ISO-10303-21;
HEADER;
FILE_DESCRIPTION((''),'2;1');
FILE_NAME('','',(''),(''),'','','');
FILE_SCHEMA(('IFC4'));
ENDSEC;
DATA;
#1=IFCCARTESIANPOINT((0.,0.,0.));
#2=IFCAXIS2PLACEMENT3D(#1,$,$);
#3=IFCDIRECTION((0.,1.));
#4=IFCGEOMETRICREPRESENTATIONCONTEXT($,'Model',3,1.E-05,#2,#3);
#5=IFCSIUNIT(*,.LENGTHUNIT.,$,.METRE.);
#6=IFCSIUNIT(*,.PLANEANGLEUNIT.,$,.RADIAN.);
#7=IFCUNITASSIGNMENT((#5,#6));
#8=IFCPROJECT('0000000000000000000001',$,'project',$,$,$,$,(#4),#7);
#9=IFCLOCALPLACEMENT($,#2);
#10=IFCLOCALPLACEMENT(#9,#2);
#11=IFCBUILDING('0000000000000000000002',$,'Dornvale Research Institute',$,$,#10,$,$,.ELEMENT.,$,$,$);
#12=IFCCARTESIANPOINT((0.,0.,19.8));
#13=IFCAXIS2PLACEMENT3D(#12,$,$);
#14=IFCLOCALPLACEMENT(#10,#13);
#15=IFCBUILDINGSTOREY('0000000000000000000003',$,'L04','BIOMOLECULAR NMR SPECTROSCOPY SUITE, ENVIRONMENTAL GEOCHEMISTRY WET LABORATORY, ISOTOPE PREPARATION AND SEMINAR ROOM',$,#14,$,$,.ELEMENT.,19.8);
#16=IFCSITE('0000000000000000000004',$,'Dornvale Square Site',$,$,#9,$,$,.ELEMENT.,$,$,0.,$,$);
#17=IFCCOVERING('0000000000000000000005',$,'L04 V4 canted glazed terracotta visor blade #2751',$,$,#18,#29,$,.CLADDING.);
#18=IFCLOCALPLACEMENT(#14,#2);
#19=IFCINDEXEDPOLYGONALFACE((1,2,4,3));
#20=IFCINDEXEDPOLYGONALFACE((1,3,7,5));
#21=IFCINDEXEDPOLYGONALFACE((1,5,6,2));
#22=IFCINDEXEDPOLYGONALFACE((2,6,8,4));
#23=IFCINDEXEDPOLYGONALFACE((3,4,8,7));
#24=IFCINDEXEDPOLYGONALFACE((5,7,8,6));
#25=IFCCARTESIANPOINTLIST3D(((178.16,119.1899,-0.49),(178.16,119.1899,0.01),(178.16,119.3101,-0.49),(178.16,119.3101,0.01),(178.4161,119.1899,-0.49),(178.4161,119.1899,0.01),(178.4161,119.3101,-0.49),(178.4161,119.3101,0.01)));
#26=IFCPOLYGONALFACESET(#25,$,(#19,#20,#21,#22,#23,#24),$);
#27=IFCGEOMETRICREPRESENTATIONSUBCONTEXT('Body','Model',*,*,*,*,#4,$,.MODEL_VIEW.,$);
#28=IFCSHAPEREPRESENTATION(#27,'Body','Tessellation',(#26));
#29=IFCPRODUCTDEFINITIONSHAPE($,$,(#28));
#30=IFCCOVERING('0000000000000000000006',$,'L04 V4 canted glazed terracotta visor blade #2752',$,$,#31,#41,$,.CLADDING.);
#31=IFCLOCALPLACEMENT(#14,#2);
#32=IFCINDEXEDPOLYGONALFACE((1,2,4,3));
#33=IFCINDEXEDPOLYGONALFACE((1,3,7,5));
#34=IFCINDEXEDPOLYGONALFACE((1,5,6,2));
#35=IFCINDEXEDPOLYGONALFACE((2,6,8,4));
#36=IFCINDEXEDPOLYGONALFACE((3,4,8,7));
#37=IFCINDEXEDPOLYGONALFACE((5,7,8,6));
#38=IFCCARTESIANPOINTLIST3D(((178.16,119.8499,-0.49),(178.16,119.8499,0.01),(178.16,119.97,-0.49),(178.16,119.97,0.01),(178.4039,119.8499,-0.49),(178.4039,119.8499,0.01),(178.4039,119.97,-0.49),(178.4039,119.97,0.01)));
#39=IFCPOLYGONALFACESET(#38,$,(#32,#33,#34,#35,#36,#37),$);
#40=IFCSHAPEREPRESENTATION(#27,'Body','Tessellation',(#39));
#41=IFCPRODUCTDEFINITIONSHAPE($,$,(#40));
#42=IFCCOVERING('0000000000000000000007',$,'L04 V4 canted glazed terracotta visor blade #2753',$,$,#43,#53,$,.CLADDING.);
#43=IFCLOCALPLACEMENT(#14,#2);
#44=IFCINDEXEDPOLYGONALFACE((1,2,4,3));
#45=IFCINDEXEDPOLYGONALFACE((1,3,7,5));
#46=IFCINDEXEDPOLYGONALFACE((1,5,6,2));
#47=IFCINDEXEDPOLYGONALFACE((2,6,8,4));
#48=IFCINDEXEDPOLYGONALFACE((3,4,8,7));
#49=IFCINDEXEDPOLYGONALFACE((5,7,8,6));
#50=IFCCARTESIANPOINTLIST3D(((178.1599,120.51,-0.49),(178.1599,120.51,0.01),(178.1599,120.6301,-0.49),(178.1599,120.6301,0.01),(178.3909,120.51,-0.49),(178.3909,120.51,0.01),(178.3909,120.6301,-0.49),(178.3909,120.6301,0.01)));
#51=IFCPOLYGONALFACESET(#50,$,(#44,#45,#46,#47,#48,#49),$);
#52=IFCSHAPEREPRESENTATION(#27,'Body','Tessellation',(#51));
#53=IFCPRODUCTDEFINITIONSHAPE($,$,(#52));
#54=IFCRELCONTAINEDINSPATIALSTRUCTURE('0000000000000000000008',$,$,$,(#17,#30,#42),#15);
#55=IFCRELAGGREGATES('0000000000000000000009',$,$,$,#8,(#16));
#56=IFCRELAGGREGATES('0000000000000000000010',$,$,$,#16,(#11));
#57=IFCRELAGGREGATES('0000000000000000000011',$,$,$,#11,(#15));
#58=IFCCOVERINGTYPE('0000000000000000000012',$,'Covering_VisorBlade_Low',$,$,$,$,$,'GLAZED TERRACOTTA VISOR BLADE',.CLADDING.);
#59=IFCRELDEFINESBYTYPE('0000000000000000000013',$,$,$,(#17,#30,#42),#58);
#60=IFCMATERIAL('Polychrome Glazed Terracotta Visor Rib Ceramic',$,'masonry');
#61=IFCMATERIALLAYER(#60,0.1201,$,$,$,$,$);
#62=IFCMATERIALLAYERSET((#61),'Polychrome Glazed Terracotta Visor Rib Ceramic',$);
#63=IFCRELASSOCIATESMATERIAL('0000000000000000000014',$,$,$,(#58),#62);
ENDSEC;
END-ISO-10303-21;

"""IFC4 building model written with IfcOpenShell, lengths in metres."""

from ifc_helpers import new_model, si_unit, direction, frame, origin, origin_2d, place, context, subcontext, project, spatial, rectangle, extrude, material, layer, layer_set, type_object, element, save


model = new_model("IFC4")

# Units and contexts
model_context = context("Model", 3, precision=1e-05, world=origin(), true_north=direction((0.0, 1.0)))
body_context = subcontext(model_context, "Body", "Model", "MODEL_VIEW")
ifc_project = project(units=[si_unit("LENGTHUNIT", "METRE"), si_unit("PLANEANGLEUNIT", "RADIAN")], contexts=[model_context])

# Site, building, storey
site_placement = place(None, origin())
site = spatial("IfcSite", under=ifc_project, at=site_placement, Name="Dornvale Square Site", CompositionType="ELEMENT", RefElevation=0.0)
building_placement = place(site_placement, origin())
building = spatial("IfcBuilding", under=site, at=building_placement, Name="Dornvale Research Institute", CompositionType="ELEMENT")
storey_placement = place(building_placement, frame((0.0, 0.0, 19.8)))
storey = spatial("IfcBuildingStorey", under=building, at=storey_placement, Name="L04", Description="BIOMOLECULAR NMR SPECTROSCOPY SUITE, ENVIRONMENTAL GEOCHEMISTRY WET LABORATORY, ISOTOPE PREPARATION AND SEMINAR ROOM", CompositionType="ELEMENT", Elevation=19.8)

# Coverings
ifc_material_1 = material(Name="Polychrome Glazed Terracotta Visor Rib Ceramic", Category="masonry")
ifc_layer_1 = layer(ifc_material_1, 0.1201)
ifc_layer_set_1 = layer_set([ifc_layer_1], Name="Polychrome Glazed Terracotta Visor Rib Ceramic")
covering_type = type_object("IfcCoveringType", Name="Covering_VisorBlade_Low", ElementType="GLAZED TERRACOTTA VISOR BLADE", PredefinedType="CLADDING", material=ifc_layer_set_1)
covering_1_placement = place(storey_placement, frame((178.2881, 119.25, -0.49), z_axis=(0.0, 0.0, 1.0), x_axis=(1.0, 0.0, 0.0)))
element("IfcCovering", 1, at=covering_1_placement, inside=storey, type_object=covering_type, Name="L04 V4 canted glazed terracotta visor blade #2751", PredefinedType="CLADDING", context=body_context, shape_type="SweptSolid", body=[
    extrude(rectangle(XDim=0.2561, YDim=0.1201, at=origin_2d()), origin(), (0.0, 0.0, 1.0), 0.5),
])
covering_2_placement = place(storey_placement, frame((178.282, 119.9099, -0.49), z_axis=(0.0, 0.0, 1.0), x_axis=(1.0, 0.0, 0.0)))
element("IfcCovering", 2, at=covering_2_placement, inside=storey, type_object=covering_type, Name="L04 V4 canted glazed terracotta visor blade #2752", PredefinedType="CLADDING", context=body_context, shape_type="SweptSolid", body=[
    extrude(rectangle(XDim=0.2439, YDim=0.1201, at=origin_2d()), origin(), (0.0, 0.0, 1.0), 0.5),
])
covering_3_placement = place(storey_placement, frame((178.2754, 120.5701, -0.49), z_axis=(0.0, 0.0, 1.0), x_axis=(1.0, 0.0, 0.0)))
element("IfcCovering", 3, at=covering_3_placement, inside=storey, type_object=covering_type, Name="L04 V4 canted glazed terracotta visor blade #2753", PredefinedType="CLADDING", context=body_context, shape_type="SweptSolid", body=[
    extrude(rectangle(XDim=0.231, YDim=0.1201, at=origin_2d()), origin(), (0.0, 0.0, 1.0), 0.5),
])

save(model, "model.ifc")
